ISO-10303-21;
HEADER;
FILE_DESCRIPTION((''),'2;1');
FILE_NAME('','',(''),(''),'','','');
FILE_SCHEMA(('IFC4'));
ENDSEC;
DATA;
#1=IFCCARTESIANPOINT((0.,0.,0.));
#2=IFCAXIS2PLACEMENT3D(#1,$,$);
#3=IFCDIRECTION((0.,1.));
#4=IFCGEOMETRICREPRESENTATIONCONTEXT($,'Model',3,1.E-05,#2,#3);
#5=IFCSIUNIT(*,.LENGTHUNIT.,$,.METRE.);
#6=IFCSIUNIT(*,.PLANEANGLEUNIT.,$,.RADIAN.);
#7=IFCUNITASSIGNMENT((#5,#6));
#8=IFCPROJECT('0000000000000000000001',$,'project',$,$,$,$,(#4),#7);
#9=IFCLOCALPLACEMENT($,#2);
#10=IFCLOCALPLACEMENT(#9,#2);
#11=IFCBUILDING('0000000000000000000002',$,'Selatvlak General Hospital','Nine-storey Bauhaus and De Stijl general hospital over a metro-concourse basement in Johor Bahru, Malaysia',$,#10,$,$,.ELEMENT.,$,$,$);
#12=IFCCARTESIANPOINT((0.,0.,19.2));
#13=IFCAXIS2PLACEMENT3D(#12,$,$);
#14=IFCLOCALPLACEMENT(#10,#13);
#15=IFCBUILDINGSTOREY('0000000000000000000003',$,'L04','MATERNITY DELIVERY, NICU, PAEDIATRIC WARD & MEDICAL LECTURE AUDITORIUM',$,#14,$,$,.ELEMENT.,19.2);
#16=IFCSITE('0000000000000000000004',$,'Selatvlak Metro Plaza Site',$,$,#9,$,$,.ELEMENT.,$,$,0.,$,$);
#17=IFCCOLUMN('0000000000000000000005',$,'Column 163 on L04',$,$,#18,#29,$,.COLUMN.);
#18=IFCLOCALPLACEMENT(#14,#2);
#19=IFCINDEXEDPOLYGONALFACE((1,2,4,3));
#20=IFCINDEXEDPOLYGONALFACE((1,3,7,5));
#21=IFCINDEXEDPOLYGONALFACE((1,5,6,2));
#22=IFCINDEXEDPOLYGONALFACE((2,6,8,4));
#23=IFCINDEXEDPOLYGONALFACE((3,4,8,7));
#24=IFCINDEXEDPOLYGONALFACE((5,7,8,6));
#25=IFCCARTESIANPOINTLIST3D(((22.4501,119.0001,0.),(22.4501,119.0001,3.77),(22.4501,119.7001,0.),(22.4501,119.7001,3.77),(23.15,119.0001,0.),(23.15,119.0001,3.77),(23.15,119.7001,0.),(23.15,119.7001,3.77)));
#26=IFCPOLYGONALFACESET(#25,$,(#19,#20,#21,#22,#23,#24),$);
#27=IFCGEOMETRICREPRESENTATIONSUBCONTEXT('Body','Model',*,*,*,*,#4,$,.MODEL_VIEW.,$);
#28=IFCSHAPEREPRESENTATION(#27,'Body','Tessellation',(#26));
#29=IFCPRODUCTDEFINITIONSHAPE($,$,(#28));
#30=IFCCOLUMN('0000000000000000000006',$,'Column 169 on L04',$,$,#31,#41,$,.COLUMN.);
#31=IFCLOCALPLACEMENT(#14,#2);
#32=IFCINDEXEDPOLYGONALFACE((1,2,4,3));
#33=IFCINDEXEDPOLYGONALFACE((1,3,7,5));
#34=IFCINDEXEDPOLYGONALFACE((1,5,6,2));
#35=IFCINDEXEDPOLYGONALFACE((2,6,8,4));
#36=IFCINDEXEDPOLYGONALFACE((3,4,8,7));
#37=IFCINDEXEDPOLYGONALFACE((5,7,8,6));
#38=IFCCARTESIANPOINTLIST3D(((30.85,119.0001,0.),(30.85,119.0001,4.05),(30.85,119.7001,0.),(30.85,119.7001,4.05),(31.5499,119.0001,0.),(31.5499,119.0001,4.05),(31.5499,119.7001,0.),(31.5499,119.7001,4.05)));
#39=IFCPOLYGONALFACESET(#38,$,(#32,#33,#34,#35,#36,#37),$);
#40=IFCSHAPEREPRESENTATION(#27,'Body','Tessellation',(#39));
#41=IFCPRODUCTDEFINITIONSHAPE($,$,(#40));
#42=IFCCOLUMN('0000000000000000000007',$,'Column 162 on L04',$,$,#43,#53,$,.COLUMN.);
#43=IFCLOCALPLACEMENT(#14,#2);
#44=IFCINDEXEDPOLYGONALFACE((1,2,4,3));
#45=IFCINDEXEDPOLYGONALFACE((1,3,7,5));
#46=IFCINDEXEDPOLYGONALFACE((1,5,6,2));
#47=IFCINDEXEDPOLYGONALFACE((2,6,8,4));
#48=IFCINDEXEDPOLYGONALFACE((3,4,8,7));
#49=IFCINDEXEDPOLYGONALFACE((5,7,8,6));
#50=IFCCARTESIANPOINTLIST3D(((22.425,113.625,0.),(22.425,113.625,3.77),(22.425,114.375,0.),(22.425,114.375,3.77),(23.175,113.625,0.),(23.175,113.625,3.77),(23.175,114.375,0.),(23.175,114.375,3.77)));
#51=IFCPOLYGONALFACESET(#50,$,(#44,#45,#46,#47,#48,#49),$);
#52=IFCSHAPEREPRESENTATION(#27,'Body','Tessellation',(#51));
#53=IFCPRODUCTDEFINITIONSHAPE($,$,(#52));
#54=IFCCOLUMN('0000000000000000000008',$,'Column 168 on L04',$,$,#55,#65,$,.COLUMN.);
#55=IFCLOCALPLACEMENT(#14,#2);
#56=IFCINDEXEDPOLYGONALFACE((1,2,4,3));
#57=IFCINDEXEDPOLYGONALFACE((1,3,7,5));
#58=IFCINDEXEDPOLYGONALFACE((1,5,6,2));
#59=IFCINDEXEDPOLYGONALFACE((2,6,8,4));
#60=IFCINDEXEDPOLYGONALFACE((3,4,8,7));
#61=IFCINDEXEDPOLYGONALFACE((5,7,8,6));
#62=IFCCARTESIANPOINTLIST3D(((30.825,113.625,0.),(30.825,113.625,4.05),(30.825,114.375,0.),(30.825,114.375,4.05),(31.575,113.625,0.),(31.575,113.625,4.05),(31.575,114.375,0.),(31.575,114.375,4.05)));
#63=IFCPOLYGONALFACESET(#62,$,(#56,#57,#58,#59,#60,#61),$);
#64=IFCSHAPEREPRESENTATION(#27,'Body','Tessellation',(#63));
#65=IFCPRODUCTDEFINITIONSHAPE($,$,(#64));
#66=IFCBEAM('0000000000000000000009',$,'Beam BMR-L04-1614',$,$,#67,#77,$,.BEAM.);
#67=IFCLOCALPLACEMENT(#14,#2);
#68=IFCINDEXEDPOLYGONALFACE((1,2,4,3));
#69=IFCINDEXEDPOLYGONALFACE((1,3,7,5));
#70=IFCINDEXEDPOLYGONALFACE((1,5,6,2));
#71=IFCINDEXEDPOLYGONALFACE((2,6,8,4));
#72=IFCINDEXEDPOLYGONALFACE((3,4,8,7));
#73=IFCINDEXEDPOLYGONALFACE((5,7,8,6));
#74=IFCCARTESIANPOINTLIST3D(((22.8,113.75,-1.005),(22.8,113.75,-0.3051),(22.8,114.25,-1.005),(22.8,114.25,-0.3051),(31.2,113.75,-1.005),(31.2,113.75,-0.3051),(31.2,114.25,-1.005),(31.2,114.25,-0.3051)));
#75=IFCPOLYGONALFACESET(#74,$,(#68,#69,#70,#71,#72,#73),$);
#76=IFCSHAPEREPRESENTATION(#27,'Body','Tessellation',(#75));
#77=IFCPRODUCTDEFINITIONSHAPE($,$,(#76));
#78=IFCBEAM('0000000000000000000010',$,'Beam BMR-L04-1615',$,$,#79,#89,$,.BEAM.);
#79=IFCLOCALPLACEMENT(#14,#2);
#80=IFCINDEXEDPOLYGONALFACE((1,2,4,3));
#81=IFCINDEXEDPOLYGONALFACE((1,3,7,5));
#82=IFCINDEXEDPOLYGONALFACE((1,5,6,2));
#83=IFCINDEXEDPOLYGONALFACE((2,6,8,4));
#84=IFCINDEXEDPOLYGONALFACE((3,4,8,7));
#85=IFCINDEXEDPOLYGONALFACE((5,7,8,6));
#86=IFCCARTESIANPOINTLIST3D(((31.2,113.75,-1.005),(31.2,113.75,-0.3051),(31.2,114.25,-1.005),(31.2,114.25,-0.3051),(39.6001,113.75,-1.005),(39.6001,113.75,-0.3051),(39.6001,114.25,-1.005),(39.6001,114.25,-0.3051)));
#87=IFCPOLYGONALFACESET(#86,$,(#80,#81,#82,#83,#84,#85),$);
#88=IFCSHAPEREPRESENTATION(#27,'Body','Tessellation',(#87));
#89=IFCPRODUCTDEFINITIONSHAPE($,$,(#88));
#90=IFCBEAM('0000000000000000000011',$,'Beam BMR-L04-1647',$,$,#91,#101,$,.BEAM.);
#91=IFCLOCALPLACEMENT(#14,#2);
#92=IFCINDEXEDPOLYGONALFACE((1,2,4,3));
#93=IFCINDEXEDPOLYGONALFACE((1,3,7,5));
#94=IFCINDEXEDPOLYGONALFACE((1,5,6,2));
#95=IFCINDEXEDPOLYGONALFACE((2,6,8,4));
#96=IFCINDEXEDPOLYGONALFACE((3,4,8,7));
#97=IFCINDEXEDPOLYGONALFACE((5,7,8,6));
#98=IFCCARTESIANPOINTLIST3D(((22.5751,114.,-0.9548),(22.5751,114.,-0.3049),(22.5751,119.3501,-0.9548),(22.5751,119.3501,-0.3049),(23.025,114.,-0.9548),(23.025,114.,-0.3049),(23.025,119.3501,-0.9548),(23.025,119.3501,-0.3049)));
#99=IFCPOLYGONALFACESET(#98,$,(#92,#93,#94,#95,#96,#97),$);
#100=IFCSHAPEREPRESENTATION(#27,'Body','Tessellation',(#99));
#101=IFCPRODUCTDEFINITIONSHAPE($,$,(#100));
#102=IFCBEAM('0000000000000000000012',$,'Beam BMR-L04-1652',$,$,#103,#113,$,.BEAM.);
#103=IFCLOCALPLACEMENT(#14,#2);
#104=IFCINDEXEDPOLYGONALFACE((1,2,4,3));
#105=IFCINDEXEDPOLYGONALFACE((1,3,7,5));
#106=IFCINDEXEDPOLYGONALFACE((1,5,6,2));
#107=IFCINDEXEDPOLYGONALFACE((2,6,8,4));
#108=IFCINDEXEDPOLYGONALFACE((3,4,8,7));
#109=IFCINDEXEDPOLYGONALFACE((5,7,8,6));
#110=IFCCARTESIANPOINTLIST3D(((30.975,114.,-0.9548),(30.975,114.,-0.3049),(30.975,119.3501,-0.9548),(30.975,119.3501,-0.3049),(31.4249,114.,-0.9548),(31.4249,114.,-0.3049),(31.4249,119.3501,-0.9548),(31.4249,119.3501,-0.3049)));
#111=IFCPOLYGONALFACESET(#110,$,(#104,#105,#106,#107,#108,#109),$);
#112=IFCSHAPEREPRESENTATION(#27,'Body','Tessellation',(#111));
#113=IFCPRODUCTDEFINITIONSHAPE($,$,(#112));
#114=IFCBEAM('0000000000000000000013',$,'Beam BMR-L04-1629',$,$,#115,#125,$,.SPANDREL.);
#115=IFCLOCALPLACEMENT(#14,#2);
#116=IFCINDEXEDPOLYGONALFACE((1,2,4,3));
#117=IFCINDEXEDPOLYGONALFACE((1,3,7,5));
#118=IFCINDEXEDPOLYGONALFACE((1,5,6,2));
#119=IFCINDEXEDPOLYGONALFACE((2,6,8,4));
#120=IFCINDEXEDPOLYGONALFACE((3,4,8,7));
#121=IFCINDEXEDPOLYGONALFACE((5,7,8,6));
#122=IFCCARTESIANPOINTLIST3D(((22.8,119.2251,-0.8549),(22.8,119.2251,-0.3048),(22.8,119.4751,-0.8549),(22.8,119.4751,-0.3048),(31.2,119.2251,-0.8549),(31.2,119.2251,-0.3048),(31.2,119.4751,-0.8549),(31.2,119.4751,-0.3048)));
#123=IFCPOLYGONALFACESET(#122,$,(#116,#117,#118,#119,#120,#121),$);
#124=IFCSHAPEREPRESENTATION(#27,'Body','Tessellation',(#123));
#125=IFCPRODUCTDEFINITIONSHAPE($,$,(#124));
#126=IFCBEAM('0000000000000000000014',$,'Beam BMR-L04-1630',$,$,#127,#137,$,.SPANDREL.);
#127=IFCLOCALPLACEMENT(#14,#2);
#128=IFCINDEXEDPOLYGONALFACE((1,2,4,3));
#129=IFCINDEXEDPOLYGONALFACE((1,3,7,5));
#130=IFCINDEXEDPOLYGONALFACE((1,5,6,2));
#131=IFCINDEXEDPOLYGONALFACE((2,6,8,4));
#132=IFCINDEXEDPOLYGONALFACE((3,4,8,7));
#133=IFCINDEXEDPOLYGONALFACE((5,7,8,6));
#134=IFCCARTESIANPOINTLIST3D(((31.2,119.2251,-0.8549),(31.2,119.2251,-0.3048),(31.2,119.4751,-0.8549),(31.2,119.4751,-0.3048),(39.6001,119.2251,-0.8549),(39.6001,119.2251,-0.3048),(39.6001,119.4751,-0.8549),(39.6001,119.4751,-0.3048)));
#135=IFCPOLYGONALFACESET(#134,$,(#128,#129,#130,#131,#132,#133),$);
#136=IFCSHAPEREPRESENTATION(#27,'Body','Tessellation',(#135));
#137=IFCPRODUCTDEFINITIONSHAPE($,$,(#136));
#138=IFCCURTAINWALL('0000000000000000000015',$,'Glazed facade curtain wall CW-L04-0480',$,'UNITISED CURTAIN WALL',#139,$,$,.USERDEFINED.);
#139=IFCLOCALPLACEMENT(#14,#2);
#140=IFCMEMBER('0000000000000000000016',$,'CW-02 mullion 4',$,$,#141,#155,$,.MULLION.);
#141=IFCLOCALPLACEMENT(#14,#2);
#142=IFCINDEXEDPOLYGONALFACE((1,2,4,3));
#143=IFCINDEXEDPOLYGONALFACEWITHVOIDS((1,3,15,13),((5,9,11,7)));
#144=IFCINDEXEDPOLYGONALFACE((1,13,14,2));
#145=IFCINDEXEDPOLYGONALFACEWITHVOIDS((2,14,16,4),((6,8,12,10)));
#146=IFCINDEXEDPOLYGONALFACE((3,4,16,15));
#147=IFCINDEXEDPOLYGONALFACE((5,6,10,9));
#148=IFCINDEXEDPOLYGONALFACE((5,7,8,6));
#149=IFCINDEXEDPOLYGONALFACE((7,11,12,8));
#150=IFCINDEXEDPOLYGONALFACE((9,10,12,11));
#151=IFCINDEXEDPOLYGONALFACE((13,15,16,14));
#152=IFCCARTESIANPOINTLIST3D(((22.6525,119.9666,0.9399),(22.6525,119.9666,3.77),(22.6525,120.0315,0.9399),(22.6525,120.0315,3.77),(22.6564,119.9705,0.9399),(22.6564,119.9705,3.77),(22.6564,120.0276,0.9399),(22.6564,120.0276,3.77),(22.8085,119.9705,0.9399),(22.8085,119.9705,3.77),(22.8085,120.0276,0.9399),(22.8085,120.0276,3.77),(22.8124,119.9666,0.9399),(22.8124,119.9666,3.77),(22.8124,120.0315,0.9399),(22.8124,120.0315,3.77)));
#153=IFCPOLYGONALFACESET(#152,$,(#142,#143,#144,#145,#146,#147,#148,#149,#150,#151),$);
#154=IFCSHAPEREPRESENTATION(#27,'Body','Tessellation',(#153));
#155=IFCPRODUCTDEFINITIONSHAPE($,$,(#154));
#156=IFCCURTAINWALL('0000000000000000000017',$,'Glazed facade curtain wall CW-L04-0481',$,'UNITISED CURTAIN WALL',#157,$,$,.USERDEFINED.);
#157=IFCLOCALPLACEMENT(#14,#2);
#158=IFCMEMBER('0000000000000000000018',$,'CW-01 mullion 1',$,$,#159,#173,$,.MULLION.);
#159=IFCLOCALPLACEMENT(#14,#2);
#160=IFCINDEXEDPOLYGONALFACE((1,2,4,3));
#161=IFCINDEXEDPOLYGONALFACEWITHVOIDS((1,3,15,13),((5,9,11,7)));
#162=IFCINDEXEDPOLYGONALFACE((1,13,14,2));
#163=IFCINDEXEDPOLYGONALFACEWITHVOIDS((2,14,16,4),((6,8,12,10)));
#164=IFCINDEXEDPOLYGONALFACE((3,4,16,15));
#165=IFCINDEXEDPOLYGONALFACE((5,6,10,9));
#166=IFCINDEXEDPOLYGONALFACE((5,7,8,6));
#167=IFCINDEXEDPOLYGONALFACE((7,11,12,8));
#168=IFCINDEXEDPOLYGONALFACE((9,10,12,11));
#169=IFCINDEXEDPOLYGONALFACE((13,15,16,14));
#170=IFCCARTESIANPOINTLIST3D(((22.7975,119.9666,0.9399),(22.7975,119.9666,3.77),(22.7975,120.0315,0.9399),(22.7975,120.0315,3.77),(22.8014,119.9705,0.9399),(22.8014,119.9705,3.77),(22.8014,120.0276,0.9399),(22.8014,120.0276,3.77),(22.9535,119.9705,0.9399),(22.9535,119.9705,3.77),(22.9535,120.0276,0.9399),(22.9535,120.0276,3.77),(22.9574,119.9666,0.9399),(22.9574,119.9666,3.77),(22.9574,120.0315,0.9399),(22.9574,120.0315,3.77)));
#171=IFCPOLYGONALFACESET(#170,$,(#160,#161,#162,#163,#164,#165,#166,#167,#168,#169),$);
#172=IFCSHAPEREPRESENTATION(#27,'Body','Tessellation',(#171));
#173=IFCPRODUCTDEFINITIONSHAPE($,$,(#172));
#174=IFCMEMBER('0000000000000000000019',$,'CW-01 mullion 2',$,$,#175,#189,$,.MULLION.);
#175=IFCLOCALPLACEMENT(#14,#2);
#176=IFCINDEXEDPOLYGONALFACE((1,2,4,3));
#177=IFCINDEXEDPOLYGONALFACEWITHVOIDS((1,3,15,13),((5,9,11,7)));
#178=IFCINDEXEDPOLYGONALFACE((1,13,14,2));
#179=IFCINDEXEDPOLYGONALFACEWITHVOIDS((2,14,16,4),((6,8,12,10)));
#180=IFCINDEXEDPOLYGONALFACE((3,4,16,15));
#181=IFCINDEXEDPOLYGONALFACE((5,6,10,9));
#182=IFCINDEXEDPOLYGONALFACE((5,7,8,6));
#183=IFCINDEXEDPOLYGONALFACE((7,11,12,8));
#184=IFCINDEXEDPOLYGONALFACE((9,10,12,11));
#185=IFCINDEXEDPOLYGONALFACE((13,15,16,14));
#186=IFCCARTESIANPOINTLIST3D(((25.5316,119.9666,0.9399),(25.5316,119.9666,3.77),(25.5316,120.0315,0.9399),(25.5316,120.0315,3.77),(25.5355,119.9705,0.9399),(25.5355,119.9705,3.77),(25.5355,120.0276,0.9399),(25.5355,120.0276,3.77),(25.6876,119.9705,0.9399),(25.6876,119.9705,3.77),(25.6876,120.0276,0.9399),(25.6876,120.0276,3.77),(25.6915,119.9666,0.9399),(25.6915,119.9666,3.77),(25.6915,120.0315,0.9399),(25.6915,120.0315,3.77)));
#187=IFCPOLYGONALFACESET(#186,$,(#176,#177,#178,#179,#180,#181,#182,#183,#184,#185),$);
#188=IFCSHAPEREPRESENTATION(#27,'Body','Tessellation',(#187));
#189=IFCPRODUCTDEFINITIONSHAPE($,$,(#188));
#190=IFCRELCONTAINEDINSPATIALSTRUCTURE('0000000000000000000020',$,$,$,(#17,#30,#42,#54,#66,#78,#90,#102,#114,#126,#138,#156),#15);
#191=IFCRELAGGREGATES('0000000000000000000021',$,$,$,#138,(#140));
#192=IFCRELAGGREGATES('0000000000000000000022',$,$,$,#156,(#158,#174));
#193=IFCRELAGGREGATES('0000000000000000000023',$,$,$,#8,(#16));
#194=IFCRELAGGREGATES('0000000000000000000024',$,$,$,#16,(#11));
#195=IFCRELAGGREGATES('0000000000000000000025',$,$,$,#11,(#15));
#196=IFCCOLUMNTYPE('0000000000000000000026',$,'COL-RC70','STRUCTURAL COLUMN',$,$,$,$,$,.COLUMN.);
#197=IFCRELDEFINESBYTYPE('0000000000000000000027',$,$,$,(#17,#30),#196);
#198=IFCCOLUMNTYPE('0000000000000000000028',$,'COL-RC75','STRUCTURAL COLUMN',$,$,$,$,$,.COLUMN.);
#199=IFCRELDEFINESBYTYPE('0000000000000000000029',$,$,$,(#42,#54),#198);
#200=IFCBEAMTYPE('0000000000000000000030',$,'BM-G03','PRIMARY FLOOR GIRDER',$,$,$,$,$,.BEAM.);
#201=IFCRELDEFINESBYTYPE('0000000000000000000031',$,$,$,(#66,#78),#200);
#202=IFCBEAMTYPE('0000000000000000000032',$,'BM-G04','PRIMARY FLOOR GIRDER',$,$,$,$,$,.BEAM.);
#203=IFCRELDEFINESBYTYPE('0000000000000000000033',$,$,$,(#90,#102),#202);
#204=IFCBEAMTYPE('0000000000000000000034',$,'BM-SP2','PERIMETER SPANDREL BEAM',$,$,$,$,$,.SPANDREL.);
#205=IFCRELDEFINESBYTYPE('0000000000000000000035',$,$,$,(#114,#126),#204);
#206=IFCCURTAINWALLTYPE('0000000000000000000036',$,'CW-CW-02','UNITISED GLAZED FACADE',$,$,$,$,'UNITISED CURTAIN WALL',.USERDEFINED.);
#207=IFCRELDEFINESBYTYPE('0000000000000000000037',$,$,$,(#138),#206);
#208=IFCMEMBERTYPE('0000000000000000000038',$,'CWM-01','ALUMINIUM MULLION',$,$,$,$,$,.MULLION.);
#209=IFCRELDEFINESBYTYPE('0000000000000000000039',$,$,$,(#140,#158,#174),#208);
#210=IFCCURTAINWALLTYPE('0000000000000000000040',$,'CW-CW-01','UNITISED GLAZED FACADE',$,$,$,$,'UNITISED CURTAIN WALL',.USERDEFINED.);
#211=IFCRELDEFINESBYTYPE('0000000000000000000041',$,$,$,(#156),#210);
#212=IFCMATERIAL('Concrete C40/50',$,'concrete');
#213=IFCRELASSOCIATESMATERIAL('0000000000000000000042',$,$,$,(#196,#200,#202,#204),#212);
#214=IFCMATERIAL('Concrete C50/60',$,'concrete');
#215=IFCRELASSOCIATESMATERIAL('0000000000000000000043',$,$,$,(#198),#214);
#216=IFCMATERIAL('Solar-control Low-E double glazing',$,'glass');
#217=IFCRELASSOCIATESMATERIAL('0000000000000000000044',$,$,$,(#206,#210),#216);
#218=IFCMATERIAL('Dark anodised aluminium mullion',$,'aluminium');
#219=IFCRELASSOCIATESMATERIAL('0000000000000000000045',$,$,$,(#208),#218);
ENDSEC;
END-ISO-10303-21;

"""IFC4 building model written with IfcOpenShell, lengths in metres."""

from ifc_helpers import new_model, si_unit, direction, frame, origin, origin_2d, place, context, subcontext, project, spatial, rectangle, hollow_rectangle, extrude, material, material_profile, profile_set, type_object, element, aggregate, save


model = new_model("IFC4")

# Units and contexts
model_context = context("Model", 3, precision=1e-05, world=origin(), true_north=direction((0.0, 1.0)))
body_context = subcontext(model_context, "Body", "Model", "MODEL_VIEW")
ifc_project = project(units=[si_unit("LENGTHUNIT", "METRE"), si_unit("PLANEANGLEUNIT", "RADIAN")], contexts=[model_context])

# Site, building, storey
site_placement = place(None, origin())
site = spatial("IfcSite", under=ifc_project, at=site_placement, Name="Selatvlak Metro Plaza Site", CompositionType="ELEMENT", RefElevation=0.0)
building_placement = place(site_placement, origin())
building = spatial("IfcBuilding", under=site, at=building_placement, Name="Selatvlak General Hospital", Description="Nine-storey Bauhaus and De Stijl general hospital over a metro-concourse basement in Johor Bahru, Malaysia", CompositionType="ELEMENT")
storey_placement = place(building_placement, frame((0.0, 0.0, 19.2)))
storey = spatial("IfcBuildingStorey", under=building, at=storey_placement, Name="L04", Description="MATERNITY DELIVERY, NICU, PAEDIATRIC WARD & MEDICAL LECTURE AUDITORIUM", CompositionType="ELEMENT", Elevation=19.2)

# Columns
ifc_material_1 = material(Name="Concrete C40/50", Category="concrete")
ifc_material_profile_1 = material_profile(ifc_material_1, rectangle(XDim=0.7, YDim=0.7, at=origin_2d()), Name="RC-COL 700x700")
ifc_profile_set_1 = profile_set([ifc_material_profile_1], Name="Concrete C40/50")
column_type_1 = type_object("IfcColumnType", Name="COL-RC70", Description="STRUCTURAL COLUMN", PredefinedType="COLUMN", material=ifc_profile_set_1)
column_1_placement = place(storey_placement, frame((22.8, 119.3501, 0.0), z_axis=(0.0, 0.0, 1.0), x_axis=(1.0, 0.0, 0.0)))
element("IfcColumn", 1, at=column_1_placement, inside=storey, type_object=column_type_1, Name="Column 163 on L04", PredefinedType="COLUMN", context=body_context, shape_type="SweptSolid", body=[
    extrude(rectangle(XDim=0.7, YDim=0.7, at=origin_2d()), origin(), (0.0, 0.0, 1.0), 3.77),
])
column_2_placement = place(storey_placement, frame((31.2, 119.3501, 0.0), z_axis=(0.0, 0.0, 1.0), x_axis=(1.0, 0.0, 0.0)))
element("IfcColumn", 2, at=column_2_placement, inside=storey, type_object=column_type_1, Name="Column 169 on L04", PredefinedType="COLUMN", context=body_context, shape_type="SweptSolid", body=[
    extrude(rectangle(XDim=0.7, YDim=0.7, at=origin_2d()), origin(), (0.0, 0.0, 1.0), 4.05),
])
ifc_material_2 = material(Name="Concrete C50/60", Category="concrete")
ifc_material_profile_2 = material_profile(ifc_material_2, rectangle(XDim=0.75, YDim=0.75, at=origin_2d()), Name="RC-COL 750x750")
ifc_profile_set_2 = profile_set([ifc_material_profile_2], Name="Concrete C50/60")
column_type_2 = type_object("IfcColumnType", Name="COL-RC75", Description="STRUCTURAL COLUMN", PredefinedType="COLUMN", material=ifc_profile_set_2)
column_3_placement = place(storey_placement, frame((22.8, 114.0, 0.0), z_axis=(0.0, 0.0, 1.0), x_axis=(1.0, 0.0, 0.0)))
element("IfcColumn", 3, at=column_3_placement, inside=storey, type_object=column_type_2, Name="Column 162 on L04", PredefinedType="COLUMN", context=body_context, shape_type="SweptSolid", body=[
    extrude(rectangle(XDim=0.75, YDim=0.75, at=origin_2d()), origin(), (0.0, 0.0, 1.0), 3.77),
])
column_4_placement = place(storey_placement, frame((31.2, 114.0, 0.0), z_axis=(0.0, 0.0, 1.0), x_axis=(1.0, 0.0, 0.0)))
element("IfcColumn", 4, at=column_4_placement, inside=storey, type_object=column_type_2, Name="Column 168 on L04", PredefinedType="COLUMN", context=body_context, shape_type="SweptSolid", body=[
    extrude(rectangle(XDim=0.75, YDim=0.75, at=origin_2d()), origin(), (0.0, 0.0, 1.0), 4.05),
])

# Beams
ifc_material_profile_3 = material_profile(ifc_material_1, rectangle(XDim=0.5, YDim=0.7, at=origin_2d()), Name="RC-BM 500x700")
ifc_profile_set_3 = profile_set([ifc_material_profile_3], Name="Concrete C40/50")
beam_type_1 = type_object("IfcBeamType", Name="BM-G03", Description="PRIMARY FLOOR GIRDER", PredefinedType="BEAM", material=ifc_profile_set_3)
beam_1_placement = place(storey_placement, frame((22.8, 114.0, -0.655), z_axis=(1.0, 0.0, 0.0), x_axis=(0.0, 1.0, 0.0)))
element("IfcBeam", 5, at=beam_1_placement, inside=storey, type_object=beam_type_1, Name="Beam BMR-L04-1614", PredefinedType="BEAM", context=body_context, shape_type="SweptSolid", body=[
    extrude(rectangle(XDim=0.5, YDim=0.7, at=origin_2d()), origin(), (0.0, 0.0, 1.0), 8.3999),
])
beam_2_placement = place(storey_placement, frame((31.2, 114.0, -0.655), z_axis=(1.0, 0.0, 0.0), x_axis=(0.0, 1.0, 0.0)))
element("IfcBeam", 6, at=beam_2_placement, inside=storey, type_object=beam_type_1, Name="Beam BMR-L04-1615", PredefinedType="BEAM", context=body_context, shape_type="SweptSolid", body=[
    extrude(rectangle(XDim=0.5, YDim=0.7, at=origin_2d()), origin(), (0.0, 0.0, 1.0), 8.4001),
])
ifc_material_profile_4 = material_profile(ifc_material_1, rectangle(XDim=0.45, YDim=0.6499, at=origin_2d()), Name="RC-BM 450x650")
ifc_profile_set_4 = profile_set([ifc_material_profile_4], Name="Concrete C40/50")
beam_type_2 = type_object("IfcBeamType", Name="BM-G04", Description="PRIMARY FLOOR GIRDER", PredefinedType="BEAM", material=ifc_profile_set_4)
for number, where, z_axis, x_axis, name in (
    (7, (22.8, 114.0, -0.6299), (0.0, 1.0, 0.0), (-1.0, 0.0, 0.0), "Beam BMR-L04-1647"),
    (8, (31.2, 114.0, -0.6299), (0.0, 1.0, 0.0), (-1.0, 0.0, 0.0), "Beam BMR-L04-1652"),
):
    element("IfcBeam", number, at=place(storey_placement, frame(where, z_axis=z_axis, x_axis=x_axis)), inside=storey, type_object=beam_type_2, Name=name, PredefinedType="BEAM", context=body_context, shape_type="SweptSolid", body=[
        extrude(rectangle(XDim=0.45, YDim=0.6499, at=origin_2d()), origin(), (0.0, 0.0, 1.0), 5.3501),
    ])
ifc_material_profile_5 = material_profile(ifc_material_1, rectangle(XDim=0.25, YDim=0.55, at=origin_2d()), Name="RC-SP 250x550")
ifc_profile_set_5 = profile_set([ifc_material_profile_5], Name="Concrete C40/50")
beam_type_3 = type_object("IfcBeamType", Name="BM-SP2", Description="PERIMETER SPANDREL BEAM", PredefinedType="SPANDREL", material=ifc_profile_set_5)
beam_3_placement = place(storey_placement, frame((22.8, 119.3501, -0.5798), z_axis=(1.0, 0.0, 0.0), x_axis=(0.0, 1.0, 0.0)))
element("IfcBeam", 9, at=beam_3_placement, inside=storey, type_object=beam_type_3, Name="Beam BMR-L04-1629", PredefinedType="SPANDREL", context=body_context, shape_type="SweptSolid", body=[
    extrude(rectangle(XDim=0.25, YDim=0.55, at=origin_2d()), origin(), (0.0, 0.0, 1.0), 8.3999),
])
beam_4_placement = place(storey_placement, frame((31.2, 119.3501, -0.5798), z_axis=(1.0, 0.0, 0.0), x_axis=(0.0, 1.0, 0.0)))
element("IfcBeam", 10, at=beam_4_placement, inside=storey, type_object=beam_type_3, Name="Beam BMR-L04-1630", PredefinedType="SPANDREL", context=body_context, shape_type="SweptSolid", body=[
    extrude(rectangle(XDim=0.25, YDim=0.55, at=origin_2d()), origin(), (0.0, 0.0, 1.0), 8.4001),
])

# Curtain wall, member
ifc_material_3 = material(Name="Solar-control Low-E double glazing", Category="glass")
curtain_wall_type_1 = type_object("IfcCurtainWallType", Name="CW-CW-02", Description="UNITISED GLAZED FACADE", ElementType="UNITISED CURTAIN WALL", PredefinedType="USERDEFINED", material=ifc_material_3)
curtain_wall_1_placement = place(storey_placement, origin())
curtain_wall_1 = element("IfcCurtainWall", 11, at=curtain_wall_1_placement, inside=storey, type_object=curtain_wall_type_1, Name="Glazed facade curtain wall CW-L04-0480", ObjectType="UNITISED CURTAIN WALL", PredefinedType="USERDEFINED")
ifc_material_4 = material(Name="Dark anodised aluminium mullion", Category="aluminium")
ifc_material_profile_6 = material_profile(ifc_material_4, hollow_rectangle(XDim=0.0649, YDim=0.1599, WallThickness=0.0039, at=origin_2d()), Name="AL-MUL 65x160x4")
ifc_profile_set_6 = profile_set([ifc_material_profile_6], Name="Dark anodised aluminium mullion")
member_type_1 = type_object("IfcMemberType", Name="CWM-01", Description="ALUMINIUM MULLION", PredefinedType="MULLION", material=ifc_profile_set_6)
member_1_placement = place(storey_placement, frame((22.7324, 119.999, 0.9399), z_axis=(0.0, 0.0, 1.0), x_axis=(0.0, 1.0, 0.0)))
member_1 = element("IfcMember", 12, at=member_1_placement, type_object=member_type_1, Name="CW-02 mullion 4", PredefinedType="MULLION", context=body_context, shape_type="SweptSolid", body=[
    extrude(hollow_rectangle(XDim=0.0649, YDim=0.1599, WallThickness=0.0039, at=origin_2d()), origin(), (0.0, 0.0, 1.0), 2.8301),
])

# Curtain wall, members
curtain_wall_type_2 = type_object("IfcCurtainWallType", Name="CW-CW-01", Description="UNITISED GLAZED FACADE", ElementType="UNITISED CURTAIN WALL", PredefinedType="USERDEFINED", material=ifc_material_3)
curtain_wall_2_placement = place(storey_placement, origin())
curtain_wall_2 = element("IfcCurtainWall", 13, at=curtain_wall_2_placement, inside=storey, type_object=curtain_wall_type_2, Name="Glazed facade curtain wall CW-L04-0481", ObjectType="UNITISED CURTAIN WALL", PredefinedType="USERDEFINED")
member_2_placement = place(storey_placement, frame((22.8774, 119.999, 0.9399), z_axis=(0.0, 0.0, 1.0), x_axis=(0.0, 1.0, 0.0)))
member_2 = element("IfcMember", 14, at=member_2_placement, type_object=member_type_1, Name="CW-01 mullion 1", PredefinedType="MULLION", context=body_context, shape_type="SweptSolid", body=[
    extrude(hollow_rectangle(XDim=0.0649, YDim=0.1599, WallThickness=0.0039, at=origin_2d()), origin(), (0.0, 0.0, 1.0), 2.8301),
])
member_3_placement = place(storey_placement, frame((25.6116, 119.999, 0.9399), z_axis=(0.0, 0.0, 1.0), x_axis=(0.0, 1.0, 0.0)))
member_3 = element("IfcMember", 15, at=member_3_placement, type_object=member_type_1, Name="CW-01 mullion 2", PredefinedType="MULLION", context=body_context, shape_type="SweptSolid", body=[
    extrude(hollow_rectangle(XDim=0.0649, YDim=0.1599, WallThickness=0.0039, at=origin_2d()), origin(), (0.0, 0.0, 1.0), 2.8301),
])

aggregate(curtain_wall_1, [member_1])
aggregate(curtain_wall_2, [member_2, member_3])

save(model, "model.ifc")
